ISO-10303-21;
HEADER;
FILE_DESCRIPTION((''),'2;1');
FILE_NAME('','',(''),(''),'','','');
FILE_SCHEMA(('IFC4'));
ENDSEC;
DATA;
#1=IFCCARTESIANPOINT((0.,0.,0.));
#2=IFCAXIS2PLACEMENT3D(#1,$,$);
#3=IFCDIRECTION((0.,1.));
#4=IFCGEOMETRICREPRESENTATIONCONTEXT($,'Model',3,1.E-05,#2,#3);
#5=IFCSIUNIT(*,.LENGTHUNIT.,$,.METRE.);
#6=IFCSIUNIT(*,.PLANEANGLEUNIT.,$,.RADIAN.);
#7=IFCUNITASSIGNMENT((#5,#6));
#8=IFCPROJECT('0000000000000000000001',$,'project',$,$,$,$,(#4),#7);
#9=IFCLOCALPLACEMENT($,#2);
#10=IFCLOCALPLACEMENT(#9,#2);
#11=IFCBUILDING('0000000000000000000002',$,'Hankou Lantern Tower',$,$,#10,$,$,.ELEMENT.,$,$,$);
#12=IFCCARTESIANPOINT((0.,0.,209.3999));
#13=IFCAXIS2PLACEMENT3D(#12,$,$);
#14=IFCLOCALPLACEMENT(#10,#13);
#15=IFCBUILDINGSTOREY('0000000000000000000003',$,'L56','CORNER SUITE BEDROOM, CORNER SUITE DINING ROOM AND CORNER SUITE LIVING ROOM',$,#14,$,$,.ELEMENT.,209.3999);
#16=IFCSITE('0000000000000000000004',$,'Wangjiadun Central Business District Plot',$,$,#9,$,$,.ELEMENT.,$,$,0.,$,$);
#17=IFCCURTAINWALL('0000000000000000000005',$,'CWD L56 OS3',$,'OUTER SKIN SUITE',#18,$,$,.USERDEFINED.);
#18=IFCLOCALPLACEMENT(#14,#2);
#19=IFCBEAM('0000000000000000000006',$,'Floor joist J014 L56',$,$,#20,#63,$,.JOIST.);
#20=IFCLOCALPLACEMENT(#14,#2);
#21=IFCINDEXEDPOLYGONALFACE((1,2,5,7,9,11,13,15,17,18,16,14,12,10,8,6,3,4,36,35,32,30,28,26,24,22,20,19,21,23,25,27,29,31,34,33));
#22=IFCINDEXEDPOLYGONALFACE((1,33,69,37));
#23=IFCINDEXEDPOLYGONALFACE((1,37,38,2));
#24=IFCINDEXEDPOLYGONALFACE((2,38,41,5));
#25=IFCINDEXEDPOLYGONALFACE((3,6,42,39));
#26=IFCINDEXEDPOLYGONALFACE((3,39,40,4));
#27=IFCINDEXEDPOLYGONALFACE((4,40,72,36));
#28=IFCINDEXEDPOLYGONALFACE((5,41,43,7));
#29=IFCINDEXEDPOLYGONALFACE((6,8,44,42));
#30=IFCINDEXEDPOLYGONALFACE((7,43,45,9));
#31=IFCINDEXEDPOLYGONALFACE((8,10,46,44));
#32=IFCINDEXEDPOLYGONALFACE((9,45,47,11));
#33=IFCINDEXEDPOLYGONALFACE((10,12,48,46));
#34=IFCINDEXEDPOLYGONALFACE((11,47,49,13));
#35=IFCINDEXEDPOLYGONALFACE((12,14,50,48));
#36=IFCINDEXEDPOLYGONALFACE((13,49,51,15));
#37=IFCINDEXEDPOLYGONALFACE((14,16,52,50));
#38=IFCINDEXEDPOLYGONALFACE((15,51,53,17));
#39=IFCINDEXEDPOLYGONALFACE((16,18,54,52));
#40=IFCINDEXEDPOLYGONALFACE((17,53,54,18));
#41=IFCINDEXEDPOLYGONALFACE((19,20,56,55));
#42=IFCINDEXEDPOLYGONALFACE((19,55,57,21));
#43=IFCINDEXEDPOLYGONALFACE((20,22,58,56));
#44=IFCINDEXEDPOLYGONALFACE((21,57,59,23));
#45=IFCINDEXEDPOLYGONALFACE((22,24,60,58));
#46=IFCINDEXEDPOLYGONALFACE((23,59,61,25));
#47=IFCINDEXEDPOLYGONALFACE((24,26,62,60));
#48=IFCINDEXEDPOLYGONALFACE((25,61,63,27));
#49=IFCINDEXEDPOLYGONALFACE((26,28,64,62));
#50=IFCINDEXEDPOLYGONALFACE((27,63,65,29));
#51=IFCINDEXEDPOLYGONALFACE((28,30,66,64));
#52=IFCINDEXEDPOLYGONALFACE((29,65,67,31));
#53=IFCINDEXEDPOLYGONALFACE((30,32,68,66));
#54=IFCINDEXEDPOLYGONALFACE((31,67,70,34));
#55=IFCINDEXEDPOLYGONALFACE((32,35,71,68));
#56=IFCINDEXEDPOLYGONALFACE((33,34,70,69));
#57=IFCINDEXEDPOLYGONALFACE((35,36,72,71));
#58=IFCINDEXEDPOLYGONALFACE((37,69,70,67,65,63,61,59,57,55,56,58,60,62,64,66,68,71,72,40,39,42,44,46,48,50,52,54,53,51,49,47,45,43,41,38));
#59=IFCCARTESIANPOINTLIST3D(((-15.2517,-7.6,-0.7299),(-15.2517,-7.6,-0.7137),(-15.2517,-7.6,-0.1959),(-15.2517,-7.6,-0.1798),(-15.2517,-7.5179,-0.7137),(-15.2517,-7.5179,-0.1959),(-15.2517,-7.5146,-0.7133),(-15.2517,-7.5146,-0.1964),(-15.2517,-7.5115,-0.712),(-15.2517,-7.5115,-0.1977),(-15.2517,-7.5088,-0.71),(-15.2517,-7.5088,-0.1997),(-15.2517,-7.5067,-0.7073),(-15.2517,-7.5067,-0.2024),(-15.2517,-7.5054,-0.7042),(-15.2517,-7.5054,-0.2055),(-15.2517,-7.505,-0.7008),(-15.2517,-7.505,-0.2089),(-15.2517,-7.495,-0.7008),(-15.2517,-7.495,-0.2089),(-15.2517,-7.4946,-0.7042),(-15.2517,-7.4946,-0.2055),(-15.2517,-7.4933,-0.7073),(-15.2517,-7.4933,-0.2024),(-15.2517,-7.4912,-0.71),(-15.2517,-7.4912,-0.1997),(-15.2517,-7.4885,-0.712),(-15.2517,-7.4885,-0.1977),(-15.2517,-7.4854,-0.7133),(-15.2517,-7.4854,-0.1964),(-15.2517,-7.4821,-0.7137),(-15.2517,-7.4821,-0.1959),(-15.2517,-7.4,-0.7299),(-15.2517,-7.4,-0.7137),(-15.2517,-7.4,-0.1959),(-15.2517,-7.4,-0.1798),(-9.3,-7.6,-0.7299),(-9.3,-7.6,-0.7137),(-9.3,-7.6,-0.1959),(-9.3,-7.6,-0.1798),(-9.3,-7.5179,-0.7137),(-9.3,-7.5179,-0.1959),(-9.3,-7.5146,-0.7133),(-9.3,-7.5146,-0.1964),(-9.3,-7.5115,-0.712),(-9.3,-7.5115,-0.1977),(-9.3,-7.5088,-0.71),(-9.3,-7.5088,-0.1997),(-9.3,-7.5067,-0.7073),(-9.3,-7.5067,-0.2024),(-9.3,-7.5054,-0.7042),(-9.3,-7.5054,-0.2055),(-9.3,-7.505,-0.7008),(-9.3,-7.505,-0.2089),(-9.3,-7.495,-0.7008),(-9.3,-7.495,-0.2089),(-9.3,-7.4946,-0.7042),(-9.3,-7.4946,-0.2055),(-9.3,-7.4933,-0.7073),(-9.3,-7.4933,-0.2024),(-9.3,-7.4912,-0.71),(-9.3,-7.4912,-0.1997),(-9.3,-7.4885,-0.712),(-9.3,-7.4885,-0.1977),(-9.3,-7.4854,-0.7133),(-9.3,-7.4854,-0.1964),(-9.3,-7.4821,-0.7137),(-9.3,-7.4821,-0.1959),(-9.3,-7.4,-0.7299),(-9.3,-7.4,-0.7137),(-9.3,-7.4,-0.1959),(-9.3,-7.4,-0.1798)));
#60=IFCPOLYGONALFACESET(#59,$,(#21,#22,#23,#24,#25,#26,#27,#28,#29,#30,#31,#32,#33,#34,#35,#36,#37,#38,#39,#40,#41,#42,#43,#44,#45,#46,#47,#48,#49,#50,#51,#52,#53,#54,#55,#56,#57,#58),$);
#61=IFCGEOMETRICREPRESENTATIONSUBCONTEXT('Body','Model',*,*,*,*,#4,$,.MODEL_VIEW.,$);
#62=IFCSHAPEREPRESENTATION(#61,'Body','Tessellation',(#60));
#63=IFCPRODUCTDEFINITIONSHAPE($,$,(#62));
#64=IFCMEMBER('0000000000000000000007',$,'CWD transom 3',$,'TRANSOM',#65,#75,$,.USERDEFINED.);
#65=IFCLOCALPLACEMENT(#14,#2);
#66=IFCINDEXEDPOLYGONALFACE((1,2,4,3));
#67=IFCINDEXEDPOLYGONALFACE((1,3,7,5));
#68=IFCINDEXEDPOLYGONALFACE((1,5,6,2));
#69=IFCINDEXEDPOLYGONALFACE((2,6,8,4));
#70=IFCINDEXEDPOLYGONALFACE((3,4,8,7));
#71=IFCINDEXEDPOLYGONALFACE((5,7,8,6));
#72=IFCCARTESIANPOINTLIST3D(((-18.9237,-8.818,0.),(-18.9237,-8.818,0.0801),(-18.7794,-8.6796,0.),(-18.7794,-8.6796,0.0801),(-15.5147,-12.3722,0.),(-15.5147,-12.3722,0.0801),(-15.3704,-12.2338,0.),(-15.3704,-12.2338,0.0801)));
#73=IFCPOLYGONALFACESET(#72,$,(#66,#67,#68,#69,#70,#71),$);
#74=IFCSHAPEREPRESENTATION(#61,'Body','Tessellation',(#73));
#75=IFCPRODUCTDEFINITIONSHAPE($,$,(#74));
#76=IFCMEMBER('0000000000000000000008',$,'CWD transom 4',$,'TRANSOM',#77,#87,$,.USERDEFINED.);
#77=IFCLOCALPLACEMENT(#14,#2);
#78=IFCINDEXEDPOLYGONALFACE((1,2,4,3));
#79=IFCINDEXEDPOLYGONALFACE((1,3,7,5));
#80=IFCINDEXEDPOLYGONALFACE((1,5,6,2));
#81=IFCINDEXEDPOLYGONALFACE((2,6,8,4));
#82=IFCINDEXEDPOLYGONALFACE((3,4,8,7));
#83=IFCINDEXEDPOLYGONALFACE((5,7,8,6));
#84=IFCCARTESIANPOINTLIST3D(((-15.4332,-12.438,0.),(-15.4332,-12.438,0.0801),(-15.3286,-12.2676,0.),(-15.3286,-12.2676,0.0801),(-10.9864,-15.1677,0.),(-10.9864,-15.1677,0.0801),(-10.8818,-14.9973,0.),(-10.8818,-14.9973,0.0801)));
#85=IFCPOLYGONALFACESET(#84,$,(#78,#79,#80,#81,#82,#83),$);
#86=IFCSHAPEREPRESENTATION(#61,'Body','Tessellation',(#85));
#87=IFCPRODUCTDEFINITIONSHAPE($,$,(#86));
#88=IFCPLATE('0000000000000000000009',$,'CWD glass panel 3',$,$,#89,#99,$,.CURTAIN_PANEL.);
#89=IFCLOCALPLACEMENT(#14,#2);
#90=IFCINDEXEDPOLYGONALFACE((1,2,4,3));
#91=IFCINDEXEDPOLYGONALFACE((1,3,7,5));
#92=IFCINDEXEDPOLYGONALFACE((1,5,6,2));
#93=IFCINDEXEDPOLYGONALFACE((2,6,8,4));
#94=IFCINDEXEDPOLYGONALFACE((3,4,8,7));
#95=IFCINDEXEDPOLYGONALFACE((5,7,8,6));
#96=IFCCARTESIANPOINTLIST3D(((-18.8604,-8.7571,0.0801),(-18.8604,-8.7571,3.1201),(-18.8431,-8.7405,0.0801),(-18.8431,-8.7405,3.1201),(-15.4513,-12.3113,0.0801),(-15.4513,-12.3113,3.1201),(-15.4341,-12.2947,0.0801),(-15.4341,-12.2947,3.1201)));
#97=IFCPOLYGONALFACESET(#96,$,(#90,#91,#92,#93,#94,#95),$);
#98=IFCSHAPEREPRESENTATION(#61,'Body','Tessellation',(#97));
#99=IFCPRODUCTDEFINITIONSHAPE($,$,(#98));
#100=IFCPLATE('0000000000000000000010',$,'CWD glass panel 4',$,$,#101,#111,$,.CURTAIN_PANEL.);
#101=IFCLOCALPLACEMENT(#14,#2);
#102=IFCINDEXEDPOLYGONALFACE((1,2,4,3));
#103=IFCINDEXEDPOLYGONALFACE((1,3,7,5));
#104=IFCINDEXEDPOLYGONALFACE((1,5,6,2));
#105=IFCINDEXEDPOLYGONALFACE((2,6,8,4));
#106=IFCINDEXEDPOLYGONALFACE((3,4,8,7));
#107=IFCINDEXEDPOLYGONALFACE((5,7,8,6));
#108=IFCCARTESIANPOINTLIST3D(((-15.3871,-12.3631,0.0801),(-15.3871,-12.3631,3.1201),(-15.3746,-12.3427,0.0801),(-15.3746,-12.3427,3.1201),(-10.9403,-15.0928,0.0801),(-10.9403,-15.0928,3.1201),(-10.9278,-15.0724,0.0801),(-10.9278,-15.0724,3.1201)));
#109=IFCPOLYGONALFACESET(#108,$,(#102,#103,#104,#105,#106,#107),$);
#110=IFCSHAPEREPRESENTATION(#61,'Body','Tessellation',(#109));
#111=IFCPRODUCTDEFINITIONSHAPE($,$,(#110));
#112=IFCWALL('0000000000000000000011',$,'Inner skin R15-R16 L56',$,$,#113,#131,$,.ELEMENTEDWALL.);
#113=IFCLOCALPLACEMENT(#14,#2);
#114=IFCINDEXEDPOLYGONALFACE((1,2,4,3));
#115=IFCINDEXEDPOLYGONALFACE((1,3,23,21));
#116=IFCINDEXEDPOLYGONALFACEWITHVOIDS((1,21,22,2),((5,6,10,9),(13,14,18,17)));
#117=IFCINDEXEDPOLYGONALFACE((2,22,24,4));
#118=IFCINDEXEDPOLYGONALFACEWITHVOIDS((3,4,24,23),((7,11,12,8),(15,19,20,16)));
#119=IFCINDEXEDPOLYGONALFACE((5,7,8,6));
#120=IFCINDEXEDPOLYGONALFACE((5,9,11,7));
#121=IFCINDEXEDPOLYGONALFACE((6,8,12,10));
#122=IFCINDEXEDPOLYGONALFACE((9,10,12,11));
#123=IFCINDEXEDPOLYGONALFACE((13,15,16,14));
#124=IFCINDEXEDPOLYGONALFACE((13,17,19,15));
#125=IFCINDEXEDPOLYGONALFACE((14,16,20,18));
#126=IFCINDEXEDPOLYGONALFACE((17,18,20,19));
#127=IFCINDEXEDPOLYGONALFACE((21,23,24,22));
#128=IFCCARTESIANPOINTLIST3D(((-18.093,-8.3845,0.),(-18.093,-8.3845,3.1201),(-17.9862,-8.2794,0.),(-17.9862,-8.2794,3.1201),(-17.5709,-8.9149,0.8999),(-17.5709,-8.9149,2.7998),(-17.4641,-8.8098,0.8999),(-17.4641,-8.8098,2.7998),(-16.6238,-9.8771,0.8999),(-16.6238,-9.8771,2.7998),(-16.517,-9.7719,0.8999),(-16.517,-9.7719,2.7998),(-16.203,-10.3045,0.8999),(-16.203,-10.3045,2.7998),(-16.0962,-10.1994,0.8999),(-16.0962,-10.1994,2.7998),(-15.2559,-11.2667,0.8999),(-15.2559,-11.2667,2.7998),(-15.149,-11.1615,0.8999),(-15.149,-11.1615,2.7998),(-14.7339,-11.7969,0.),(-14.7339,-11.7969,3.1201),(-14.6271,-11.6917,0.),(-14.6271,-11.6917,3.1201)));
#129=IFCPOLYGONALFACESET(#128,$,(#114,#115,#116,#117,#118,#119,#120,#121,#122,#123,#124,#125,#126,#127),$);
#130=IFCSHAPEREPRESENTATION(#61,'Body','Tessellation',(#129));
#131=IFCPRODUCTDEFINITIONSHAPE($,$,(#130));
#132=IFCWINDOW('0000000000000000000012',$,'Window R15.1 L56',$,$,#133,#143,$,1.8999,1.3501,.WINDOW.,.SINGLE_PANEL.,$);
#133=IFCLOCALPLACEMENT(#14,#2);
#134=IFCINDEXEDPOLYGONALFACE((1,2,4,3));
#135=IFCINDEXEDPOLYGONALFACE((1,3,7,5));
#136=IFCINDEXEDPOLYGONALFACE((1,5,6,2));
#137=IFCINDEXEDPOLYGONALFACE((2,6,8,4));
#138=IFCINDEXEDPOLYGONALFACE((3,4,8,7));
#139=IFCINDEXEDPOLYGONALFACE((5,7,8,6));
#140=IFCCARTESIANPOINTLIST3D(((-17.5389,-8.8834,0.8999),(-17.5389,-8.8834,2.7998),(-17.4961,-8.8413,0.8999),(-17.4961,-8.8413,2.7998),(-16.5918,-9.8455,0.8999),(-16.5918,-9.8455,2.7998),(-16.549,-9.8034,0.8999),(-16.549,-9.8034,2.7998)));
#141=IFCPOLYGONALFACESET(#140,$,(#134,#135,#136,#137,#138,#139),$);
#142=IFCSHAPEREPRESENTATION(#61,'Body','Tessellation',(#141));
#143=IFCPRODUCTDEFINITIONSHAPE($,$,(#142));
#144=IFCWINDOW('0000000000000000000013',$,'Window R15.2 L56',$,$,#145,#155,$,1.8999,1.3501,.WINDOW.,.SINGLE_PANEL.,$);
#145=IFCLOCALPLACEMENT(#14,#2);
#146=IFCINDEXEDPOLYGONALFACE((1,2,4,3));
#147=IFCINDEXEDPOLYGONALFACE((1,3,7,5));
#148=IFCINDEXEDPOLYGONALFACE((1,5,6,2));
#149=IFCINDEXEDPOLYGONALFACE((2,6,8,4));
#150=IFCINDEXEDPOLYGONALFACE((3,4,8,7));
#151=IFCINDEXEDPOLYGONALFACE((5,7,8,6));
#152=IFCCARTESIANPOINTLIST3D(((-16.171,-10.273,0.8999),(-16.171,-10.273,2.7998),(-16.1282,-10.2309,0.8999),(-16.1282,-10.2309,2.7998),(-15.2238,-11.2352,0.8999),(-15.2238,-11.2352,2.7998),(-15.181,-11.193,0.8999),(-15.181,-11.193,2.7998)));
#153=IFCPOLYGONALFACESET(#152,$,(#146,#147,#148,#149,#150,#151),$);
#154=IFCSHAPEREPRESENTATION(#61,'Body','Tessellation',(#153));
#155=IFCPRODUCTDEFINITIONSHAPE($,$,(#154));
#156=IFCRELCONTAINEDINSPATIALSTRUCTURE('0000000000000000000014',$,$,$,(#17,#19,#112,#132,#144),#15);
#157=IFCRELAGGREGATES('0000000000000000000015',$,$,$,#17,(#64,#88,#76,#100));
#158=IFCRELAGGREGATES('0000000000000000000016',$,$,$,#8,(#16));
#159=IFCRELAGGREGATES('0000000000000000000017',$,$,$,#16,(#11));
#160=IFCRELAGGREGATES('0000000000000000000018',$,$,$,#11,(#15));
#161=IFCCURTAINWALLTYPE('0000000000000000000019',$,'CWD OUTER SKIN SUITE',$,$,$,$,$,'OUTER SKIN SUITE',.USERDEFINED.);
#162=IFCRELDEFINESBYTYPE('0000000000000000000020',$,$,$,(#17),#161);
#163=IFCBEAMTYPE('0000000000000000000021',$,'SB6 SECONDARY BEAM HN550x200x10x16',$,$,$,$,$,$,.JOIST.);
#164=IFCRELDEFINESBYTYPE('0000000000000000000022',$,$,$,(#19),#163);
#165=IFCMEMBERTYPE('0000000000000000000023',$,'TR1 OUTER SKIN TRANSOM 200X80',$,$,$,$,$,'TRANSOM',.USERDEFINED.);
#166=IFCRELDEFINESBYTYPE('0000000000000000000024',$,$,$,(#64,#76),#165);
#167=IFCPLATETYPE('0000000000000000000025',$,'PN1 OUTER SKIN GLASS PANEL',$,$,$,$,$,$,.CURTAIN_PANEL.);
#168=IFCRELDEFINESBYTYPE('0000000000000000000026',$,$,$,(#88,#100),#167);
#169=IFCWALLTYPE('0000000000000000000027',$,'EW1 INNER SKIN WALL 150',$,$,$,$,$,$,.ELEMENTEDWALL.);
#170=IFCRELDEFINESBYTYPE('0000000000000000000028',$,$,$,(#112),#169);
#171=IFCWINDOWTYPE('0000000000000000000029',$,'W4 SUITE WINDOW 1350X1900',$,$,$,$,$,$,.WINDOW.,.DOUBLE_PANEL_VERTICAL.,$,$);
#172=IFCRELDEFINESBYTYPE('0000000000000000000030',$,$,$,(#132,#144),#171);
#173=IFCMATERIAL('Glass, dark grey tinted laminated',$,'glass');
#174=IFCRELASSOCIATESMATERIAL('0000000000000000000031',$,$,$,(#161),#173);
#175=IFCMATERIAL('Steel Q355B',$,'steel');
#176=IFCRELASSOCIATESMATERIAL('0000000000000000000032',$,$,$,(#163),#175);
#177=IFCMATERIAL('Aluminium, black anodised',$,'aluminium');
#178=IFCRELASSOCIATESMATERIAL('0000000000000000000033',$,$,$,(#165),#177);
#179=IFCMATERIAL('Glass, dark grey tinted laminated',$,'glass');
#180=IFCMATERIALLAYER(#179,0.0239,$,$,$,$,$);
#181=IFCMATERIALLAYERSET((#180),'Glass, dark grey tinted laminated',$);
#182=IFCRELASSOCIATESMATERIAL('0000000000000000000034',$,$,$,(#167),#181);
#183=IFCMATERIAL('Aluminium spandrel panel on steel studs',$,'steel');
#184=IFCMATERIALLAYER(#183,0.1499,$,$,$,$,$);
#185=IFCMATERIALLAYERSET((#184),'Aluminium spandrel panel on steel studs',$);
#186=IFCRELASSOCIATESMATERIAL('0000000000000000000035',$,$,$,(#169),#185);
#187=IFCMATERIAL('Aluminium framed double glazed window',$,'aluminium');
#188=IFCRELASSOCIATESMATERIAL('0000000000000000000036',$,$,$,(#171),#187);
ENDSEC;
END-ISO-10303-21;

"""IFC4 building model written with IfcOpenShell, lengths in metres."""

from ifc_helpers import new_model, si_unit, direction, frame, frame_2d, origin, origin_2d, place, context, subcontext, project, spatial, rectangle, i_section, extrude, material, layer, layer_set, material_profile, profile_set, type_object, element, fill, aggregate, save


model = new_model("IFC4")

# Units and contexts
model_context = context("Model", 3, precision=1e-05, world=origin(), true_north=direction((0.0, 1.0)))
body_context = subcontext(model_context, "Body", "Model", "MODEL_VIEW")
ifc_project = project(units=[si_unit("LENGTHUNIT", "METRE"), si_unit("PLANEANGLEUNIT", "RADIAN")], contexts=[model_context])

# Site, building, storey
site_placement = place(None, origin())
site = spatial("IfcSite", under=ifc_project, at=site_placement, Name="Wangjiadun Central Business District Plot", CompositionType="ELEMENT", RefElevation=0.0)
building_placement = place(site_placement, origin())
building = spatial("IfcBuilding", under=site, at=building_placement, Name="Hankou Lantern Tower", CompositionType="ELEMENT")
storey_placement = place(building_placement, frame((0.0, 0.0, 209.3999)))
storey = spatial("IfcBuildingStorey", under=building, at=storey_placement, Name="L56", Description="CORNER SUITE BEDROOM, CORNER SUITE DINING ROOM AND CORNER SUITE LIVING ROOM", CompositionType="ELEMENT", Elevation=209.3999)

# Curtain wall
ifc_material_1 = material(Name="Glass, dark grey tinted laminated", Category="glass")
curtain_wall_type = type_object("IfcCurtainWallType", Name="CWD OUTER SKIN SUITE", ElementType="OUTER SKIN SUITE", PredefinedType="USERDEFINED", material=ifc_material_1)
curtain_wall_placement = place(storey_placement, origin())
curtain_wall = element("IfcCurtainWall", 1, at=curtain_wall_placement, inside=storey, type_object=curtain_wall_type, Name="CWD L56 OS3", ObjectType="OUTER SKIN SUITE", PredefinedType="USERDEFINED")

# Beam
ifc_material_2 = material(Name="Steel Q355B", Category="steel")
ifc_material_profile_1 = material_profile(ifc_material_2, i_section(OverallWidth=0.2, OverallDepth=0.55, WebThickness=0.01, FlangeThickness=0.0161, FilletRadius=0.0129, at=origin_2d()), Name="HN550x200x10x16")
ifc_profile_set_1 = profile_set([ifc_material_profile_1], Name="Steel Q355B")
beam_type_1 = type_object("IfcBeamType", Name="SB6 SECONDARY BEAM HN550x200x10x16", PredefinedType="JOIST", material=ifc_profile_set_1)
beam_1_placement = place(storey_placement, frame((-15.2517, -7.5, -0.4548), z_axis=(1.0, 0.0, 0.0), x_axis=(0.0, 1.0, 0.0)))
element("IfcBeam", 2, at=beam_1_placement, inside=storey, type_object=beam_type_1, Name="Floor joist J014 L56", PredefinedType="JOIST", context=body_context, shape_type="SweptSolid", body=[
    extrude(i_section(OverallWidth=0.2, OverallDepth=0.55, WebThickness=0.01, FlangeThickness=0.0161, FilletRadius=0.0129, at=origin_2d()), origin(), (0.0, 0.0, 1.0), 5.9517),
])

# Members
ifc_material_3 = material(Name="Aluminium, black anodised", Category="aluminium")
ifc_material_profile_2 = material_profile(ifc_material_3, rectangle(XDim=0.2, YDim=0.0801, at=origin_2d()), Name="TR1 200X80")
ifc_profile_set_2 = profile_set([ifc_material_profile_2], Name="Aluminium, black anodised")
member_type_1 = type_object("IfcMemberType", Name="TR1 OUTER SKIN TRANSOM 200X80", ElementType="TRANSOM", PredefinedType="USERDEFINED", material=ifc_profile_set_2)
member_1_placement = place(storey_placement, frame((-18.8516, -8.7488, 0.04), z_axis=(0.692205, -0.721701, 0.0), x_axis=(0.721701, 0.692205, 0.0)))
member_1 = element("IfcMember", 3, at=member_1_placement, type_object=member_type_1, Name="CWD transom 3", ObjectType="TRANSOM", PredefinedType="USERDEFINED", context=body_context, shape_type="SweptSolid", body=[
    extrude(rectangle(XDim=0.2, YDim=0.0801, at=origin_2d()), origin(), (0.0, 0.0, 1.0), 4.9248),
])
member_2_placement = place(storey_placement, frame((-15.3809, -12.3528, 0.04), z_axis=(0.852235, -0.52316, 0.0), x_axis=(0.52316, 0.852235, 0.0)))
member_2 = element("IfcMember", 4, at=member_2_placement, type_object=member_type_1, Name="CWD transom 4", ObjectType="TRANSOM", PredefinedType="USERDEFINED", context=body_context, shape_type="SweptSolid", body=[
    extrude(rectangle(XDim=0.2, YDim=0.0801, at=origin_2d()), origin(), (0.0, 0.0, 1.0), 5.2178),
])

# Plates
ifc_material_4 = material(Name="Glass, dark grey tinted laminated", Category="glass")
ifc_layer_1 = layer(ifc_material_4, 0.0239)
ifc_layer_set_1 = layer_set([ifc_layer_1], Name="Glass, dark grey tinted laminated")
plate_type = type_object("IfcPlateType", Name="PN1 OUTER SKIN GLASS PANEL", PredefinedType="CURTAIN_PANEL", material=ifc_layer_set_1)
plate_1_placement = place(storey_placement, frame((-17.1472, -10.5259, 0.0801), z_axis=(0.0, 0.0, 1.0), x_axis=(0.692216, -0.721691, 0.0)))
plate_1 = element("IfcPlate", 5, at=plate_1_placement, type_object=plate_type, Name="CWD glass panel 3", PredefinedType="CURTAIN_PANEL", context=body_context, shape_type="SweptSolid", body=[
    extrude(rectangle(XDim=4.9248, YDim=0.0239, at=origin_2d()), origin(), (0.0, 0.0, 1.0), 3.04),
])
plate_2_placement = place(storey_placement, frame((-13.1575, -13.7178, 0.0801), z_axis=(0.0, 0.0, 1.0), x_axis=(0.852237, -0.523156, 0.0)))
plate_2 = element("IfcPlate", 6, at=plate_2_placement, type_object=plate_type, Name="CWD glass panel 4", PredefinedType="CURTAIN_PANEL", context=body_context, shape_type="SweptSolid", body=[
    extrude(rectangle(XDim=5.2178, YDim=0.0239, at=origin_2d()), origin(), (0.0, 0.0, 1.0), 3.04),
])
aggregate(curtain_wall, [member_1, plate_1, member_2, plate_2])

# Wall, openings, windows
ifc_material_5 = material(Name="Aluminium spandrel panel on steel studs", Category="steel")
ifc_layer_2 = layer(ifc_material_5, 0.1499)
ifc_layer_set_2 = layer_set([ifc_layer_2], Name="Aluminium spandrel panel on steel studs")
wall_type_1 = type_object("IfcWallType", Name="EW1 INNER SKIN WALL 150", PredefinedType="ELEMENTEDWALL", material=ifc_layer_set_2)
wall_1_placement = place(storey_placement, frame((-18.0396, -8.332, 0.0), z_axis=(0.0, 0.0, 1.0), x_axis=(0.701527, -0.712643, 0.0)))
wall_1 = element("IfcWall", 7, at=wall_1_placement, inside=storey, type_object=wall_type_1, Name="Inner skin R15-R16 L56", PredefinedType="ELEMENTEDWALL", context=body_context, shape_type="SweptSolid", body=[
    extrude(rectangle(XDim=4.7883, YDim=0.1499, at=frame_2d((2.394, 0.0))), origin(), (0.0, 0.0, 1.0), 3.1201),
])
opening_1_placement = place(wall_1_placement, frame((0.7441, 0.0, 0.8999)))
opening_1 = element("IfcOpeningElement", 8, at=opening_1_placement, cuts=wall_1, PredefinedType="OPENING", context=body_context, shape_type="SweptSolid", body=[
    extrude(rectangle(XDim=1.3501, YDim=1.8999, at=frame_2d((0.675, 0.95))), frame((0.0, 0.085, 0.0), z_axis=(0.0, -1.0, 0.0), x_axis=(1.0, 0.0, 0.0)), (0.0, 0.0, 1.0), 0.1699),
])
opening_2_placement = place(wall_1_placement, frame((2.6941, 0.0, 0.8999)))
opening_2 = element("IfcOpeningElement", 9, at=opening_2_placement, cuts=wall_1, PredefinedType="OPENING", context=body_context, shape_type="SweptSolid", body=[
    extrude(rectangle(XDim=1.3501, YDim=1.8999, at=frame_2d((0.675, 0.95))), frame((0.0, 0.085, 0.0), z_axis=(0.0, -1.0, 0.0), x_axis=(1.0, 0.0, 0.0)), (0.0, 0.0, 1.0), 0.1699),
])
ifc_material_6 = material(Name="Aluminium framed double glazed window", Category="aluminium")
window_type = type_object("IfcWindowType", Name="W4 SUITE WINDOW 1350X1900", PartitioningType="DOUBLE_PANEL_VERTICAL", PredefinedType="WINDOW", material=ifc_material_6)
window_1_placement = place(opening_1_placement, origin())
window_1 = element("IfcWindow", 10, at=window_1_placement, inside=storey, type_object=window_type, Name="Window R15.1 L56", OverallHeight=1.8999, OverallWidth=1.3501, PartitioningType="SINGLE_PANEL", PredefinedType="WINDOW", context=body_context, shape_type="SweptSolid", body=[
    extrude(rectangle(XDim=1.3501, YDim=1.8999, at=frame_2d((0.675, 0.95))), frame((0.0, 0.03, 0.0), z_axis=(0.0, -1.0, 0.0), x_axis=(1.0, 0.0, 0.0)), (0.0, 0.0, 1.0), 0.0601),
])
fill(opening_1, window_1)
window_2_placement = place(opening_2_placement, origin())
window_2 = element("IfcWindow", 11, at=window_2_placement, inside=storey, type_object=window_type, Name="Window R15.2 L56", OverallHeight=1.8999, OverallWidth=1.3501, PartitioningType="SINGLE_PANEL", PredefinedType="WINDOW", context=body_context, shape_type="SweptSolid", body=[
    extrude(rectangle(XDim=1.3501, YDim=1.8999, at=frame_2d((0.675, 0.95))), frame((0.0, 0.03, 0.0), z_axis=(0.0, -1.0, 0.0), x_axis=(1.0, 0.0, 0.0)), (0.0, 0.0, 1.0), 0.0601),
])
fill(opening_2, window_2)

save(model, "model.ifc")
